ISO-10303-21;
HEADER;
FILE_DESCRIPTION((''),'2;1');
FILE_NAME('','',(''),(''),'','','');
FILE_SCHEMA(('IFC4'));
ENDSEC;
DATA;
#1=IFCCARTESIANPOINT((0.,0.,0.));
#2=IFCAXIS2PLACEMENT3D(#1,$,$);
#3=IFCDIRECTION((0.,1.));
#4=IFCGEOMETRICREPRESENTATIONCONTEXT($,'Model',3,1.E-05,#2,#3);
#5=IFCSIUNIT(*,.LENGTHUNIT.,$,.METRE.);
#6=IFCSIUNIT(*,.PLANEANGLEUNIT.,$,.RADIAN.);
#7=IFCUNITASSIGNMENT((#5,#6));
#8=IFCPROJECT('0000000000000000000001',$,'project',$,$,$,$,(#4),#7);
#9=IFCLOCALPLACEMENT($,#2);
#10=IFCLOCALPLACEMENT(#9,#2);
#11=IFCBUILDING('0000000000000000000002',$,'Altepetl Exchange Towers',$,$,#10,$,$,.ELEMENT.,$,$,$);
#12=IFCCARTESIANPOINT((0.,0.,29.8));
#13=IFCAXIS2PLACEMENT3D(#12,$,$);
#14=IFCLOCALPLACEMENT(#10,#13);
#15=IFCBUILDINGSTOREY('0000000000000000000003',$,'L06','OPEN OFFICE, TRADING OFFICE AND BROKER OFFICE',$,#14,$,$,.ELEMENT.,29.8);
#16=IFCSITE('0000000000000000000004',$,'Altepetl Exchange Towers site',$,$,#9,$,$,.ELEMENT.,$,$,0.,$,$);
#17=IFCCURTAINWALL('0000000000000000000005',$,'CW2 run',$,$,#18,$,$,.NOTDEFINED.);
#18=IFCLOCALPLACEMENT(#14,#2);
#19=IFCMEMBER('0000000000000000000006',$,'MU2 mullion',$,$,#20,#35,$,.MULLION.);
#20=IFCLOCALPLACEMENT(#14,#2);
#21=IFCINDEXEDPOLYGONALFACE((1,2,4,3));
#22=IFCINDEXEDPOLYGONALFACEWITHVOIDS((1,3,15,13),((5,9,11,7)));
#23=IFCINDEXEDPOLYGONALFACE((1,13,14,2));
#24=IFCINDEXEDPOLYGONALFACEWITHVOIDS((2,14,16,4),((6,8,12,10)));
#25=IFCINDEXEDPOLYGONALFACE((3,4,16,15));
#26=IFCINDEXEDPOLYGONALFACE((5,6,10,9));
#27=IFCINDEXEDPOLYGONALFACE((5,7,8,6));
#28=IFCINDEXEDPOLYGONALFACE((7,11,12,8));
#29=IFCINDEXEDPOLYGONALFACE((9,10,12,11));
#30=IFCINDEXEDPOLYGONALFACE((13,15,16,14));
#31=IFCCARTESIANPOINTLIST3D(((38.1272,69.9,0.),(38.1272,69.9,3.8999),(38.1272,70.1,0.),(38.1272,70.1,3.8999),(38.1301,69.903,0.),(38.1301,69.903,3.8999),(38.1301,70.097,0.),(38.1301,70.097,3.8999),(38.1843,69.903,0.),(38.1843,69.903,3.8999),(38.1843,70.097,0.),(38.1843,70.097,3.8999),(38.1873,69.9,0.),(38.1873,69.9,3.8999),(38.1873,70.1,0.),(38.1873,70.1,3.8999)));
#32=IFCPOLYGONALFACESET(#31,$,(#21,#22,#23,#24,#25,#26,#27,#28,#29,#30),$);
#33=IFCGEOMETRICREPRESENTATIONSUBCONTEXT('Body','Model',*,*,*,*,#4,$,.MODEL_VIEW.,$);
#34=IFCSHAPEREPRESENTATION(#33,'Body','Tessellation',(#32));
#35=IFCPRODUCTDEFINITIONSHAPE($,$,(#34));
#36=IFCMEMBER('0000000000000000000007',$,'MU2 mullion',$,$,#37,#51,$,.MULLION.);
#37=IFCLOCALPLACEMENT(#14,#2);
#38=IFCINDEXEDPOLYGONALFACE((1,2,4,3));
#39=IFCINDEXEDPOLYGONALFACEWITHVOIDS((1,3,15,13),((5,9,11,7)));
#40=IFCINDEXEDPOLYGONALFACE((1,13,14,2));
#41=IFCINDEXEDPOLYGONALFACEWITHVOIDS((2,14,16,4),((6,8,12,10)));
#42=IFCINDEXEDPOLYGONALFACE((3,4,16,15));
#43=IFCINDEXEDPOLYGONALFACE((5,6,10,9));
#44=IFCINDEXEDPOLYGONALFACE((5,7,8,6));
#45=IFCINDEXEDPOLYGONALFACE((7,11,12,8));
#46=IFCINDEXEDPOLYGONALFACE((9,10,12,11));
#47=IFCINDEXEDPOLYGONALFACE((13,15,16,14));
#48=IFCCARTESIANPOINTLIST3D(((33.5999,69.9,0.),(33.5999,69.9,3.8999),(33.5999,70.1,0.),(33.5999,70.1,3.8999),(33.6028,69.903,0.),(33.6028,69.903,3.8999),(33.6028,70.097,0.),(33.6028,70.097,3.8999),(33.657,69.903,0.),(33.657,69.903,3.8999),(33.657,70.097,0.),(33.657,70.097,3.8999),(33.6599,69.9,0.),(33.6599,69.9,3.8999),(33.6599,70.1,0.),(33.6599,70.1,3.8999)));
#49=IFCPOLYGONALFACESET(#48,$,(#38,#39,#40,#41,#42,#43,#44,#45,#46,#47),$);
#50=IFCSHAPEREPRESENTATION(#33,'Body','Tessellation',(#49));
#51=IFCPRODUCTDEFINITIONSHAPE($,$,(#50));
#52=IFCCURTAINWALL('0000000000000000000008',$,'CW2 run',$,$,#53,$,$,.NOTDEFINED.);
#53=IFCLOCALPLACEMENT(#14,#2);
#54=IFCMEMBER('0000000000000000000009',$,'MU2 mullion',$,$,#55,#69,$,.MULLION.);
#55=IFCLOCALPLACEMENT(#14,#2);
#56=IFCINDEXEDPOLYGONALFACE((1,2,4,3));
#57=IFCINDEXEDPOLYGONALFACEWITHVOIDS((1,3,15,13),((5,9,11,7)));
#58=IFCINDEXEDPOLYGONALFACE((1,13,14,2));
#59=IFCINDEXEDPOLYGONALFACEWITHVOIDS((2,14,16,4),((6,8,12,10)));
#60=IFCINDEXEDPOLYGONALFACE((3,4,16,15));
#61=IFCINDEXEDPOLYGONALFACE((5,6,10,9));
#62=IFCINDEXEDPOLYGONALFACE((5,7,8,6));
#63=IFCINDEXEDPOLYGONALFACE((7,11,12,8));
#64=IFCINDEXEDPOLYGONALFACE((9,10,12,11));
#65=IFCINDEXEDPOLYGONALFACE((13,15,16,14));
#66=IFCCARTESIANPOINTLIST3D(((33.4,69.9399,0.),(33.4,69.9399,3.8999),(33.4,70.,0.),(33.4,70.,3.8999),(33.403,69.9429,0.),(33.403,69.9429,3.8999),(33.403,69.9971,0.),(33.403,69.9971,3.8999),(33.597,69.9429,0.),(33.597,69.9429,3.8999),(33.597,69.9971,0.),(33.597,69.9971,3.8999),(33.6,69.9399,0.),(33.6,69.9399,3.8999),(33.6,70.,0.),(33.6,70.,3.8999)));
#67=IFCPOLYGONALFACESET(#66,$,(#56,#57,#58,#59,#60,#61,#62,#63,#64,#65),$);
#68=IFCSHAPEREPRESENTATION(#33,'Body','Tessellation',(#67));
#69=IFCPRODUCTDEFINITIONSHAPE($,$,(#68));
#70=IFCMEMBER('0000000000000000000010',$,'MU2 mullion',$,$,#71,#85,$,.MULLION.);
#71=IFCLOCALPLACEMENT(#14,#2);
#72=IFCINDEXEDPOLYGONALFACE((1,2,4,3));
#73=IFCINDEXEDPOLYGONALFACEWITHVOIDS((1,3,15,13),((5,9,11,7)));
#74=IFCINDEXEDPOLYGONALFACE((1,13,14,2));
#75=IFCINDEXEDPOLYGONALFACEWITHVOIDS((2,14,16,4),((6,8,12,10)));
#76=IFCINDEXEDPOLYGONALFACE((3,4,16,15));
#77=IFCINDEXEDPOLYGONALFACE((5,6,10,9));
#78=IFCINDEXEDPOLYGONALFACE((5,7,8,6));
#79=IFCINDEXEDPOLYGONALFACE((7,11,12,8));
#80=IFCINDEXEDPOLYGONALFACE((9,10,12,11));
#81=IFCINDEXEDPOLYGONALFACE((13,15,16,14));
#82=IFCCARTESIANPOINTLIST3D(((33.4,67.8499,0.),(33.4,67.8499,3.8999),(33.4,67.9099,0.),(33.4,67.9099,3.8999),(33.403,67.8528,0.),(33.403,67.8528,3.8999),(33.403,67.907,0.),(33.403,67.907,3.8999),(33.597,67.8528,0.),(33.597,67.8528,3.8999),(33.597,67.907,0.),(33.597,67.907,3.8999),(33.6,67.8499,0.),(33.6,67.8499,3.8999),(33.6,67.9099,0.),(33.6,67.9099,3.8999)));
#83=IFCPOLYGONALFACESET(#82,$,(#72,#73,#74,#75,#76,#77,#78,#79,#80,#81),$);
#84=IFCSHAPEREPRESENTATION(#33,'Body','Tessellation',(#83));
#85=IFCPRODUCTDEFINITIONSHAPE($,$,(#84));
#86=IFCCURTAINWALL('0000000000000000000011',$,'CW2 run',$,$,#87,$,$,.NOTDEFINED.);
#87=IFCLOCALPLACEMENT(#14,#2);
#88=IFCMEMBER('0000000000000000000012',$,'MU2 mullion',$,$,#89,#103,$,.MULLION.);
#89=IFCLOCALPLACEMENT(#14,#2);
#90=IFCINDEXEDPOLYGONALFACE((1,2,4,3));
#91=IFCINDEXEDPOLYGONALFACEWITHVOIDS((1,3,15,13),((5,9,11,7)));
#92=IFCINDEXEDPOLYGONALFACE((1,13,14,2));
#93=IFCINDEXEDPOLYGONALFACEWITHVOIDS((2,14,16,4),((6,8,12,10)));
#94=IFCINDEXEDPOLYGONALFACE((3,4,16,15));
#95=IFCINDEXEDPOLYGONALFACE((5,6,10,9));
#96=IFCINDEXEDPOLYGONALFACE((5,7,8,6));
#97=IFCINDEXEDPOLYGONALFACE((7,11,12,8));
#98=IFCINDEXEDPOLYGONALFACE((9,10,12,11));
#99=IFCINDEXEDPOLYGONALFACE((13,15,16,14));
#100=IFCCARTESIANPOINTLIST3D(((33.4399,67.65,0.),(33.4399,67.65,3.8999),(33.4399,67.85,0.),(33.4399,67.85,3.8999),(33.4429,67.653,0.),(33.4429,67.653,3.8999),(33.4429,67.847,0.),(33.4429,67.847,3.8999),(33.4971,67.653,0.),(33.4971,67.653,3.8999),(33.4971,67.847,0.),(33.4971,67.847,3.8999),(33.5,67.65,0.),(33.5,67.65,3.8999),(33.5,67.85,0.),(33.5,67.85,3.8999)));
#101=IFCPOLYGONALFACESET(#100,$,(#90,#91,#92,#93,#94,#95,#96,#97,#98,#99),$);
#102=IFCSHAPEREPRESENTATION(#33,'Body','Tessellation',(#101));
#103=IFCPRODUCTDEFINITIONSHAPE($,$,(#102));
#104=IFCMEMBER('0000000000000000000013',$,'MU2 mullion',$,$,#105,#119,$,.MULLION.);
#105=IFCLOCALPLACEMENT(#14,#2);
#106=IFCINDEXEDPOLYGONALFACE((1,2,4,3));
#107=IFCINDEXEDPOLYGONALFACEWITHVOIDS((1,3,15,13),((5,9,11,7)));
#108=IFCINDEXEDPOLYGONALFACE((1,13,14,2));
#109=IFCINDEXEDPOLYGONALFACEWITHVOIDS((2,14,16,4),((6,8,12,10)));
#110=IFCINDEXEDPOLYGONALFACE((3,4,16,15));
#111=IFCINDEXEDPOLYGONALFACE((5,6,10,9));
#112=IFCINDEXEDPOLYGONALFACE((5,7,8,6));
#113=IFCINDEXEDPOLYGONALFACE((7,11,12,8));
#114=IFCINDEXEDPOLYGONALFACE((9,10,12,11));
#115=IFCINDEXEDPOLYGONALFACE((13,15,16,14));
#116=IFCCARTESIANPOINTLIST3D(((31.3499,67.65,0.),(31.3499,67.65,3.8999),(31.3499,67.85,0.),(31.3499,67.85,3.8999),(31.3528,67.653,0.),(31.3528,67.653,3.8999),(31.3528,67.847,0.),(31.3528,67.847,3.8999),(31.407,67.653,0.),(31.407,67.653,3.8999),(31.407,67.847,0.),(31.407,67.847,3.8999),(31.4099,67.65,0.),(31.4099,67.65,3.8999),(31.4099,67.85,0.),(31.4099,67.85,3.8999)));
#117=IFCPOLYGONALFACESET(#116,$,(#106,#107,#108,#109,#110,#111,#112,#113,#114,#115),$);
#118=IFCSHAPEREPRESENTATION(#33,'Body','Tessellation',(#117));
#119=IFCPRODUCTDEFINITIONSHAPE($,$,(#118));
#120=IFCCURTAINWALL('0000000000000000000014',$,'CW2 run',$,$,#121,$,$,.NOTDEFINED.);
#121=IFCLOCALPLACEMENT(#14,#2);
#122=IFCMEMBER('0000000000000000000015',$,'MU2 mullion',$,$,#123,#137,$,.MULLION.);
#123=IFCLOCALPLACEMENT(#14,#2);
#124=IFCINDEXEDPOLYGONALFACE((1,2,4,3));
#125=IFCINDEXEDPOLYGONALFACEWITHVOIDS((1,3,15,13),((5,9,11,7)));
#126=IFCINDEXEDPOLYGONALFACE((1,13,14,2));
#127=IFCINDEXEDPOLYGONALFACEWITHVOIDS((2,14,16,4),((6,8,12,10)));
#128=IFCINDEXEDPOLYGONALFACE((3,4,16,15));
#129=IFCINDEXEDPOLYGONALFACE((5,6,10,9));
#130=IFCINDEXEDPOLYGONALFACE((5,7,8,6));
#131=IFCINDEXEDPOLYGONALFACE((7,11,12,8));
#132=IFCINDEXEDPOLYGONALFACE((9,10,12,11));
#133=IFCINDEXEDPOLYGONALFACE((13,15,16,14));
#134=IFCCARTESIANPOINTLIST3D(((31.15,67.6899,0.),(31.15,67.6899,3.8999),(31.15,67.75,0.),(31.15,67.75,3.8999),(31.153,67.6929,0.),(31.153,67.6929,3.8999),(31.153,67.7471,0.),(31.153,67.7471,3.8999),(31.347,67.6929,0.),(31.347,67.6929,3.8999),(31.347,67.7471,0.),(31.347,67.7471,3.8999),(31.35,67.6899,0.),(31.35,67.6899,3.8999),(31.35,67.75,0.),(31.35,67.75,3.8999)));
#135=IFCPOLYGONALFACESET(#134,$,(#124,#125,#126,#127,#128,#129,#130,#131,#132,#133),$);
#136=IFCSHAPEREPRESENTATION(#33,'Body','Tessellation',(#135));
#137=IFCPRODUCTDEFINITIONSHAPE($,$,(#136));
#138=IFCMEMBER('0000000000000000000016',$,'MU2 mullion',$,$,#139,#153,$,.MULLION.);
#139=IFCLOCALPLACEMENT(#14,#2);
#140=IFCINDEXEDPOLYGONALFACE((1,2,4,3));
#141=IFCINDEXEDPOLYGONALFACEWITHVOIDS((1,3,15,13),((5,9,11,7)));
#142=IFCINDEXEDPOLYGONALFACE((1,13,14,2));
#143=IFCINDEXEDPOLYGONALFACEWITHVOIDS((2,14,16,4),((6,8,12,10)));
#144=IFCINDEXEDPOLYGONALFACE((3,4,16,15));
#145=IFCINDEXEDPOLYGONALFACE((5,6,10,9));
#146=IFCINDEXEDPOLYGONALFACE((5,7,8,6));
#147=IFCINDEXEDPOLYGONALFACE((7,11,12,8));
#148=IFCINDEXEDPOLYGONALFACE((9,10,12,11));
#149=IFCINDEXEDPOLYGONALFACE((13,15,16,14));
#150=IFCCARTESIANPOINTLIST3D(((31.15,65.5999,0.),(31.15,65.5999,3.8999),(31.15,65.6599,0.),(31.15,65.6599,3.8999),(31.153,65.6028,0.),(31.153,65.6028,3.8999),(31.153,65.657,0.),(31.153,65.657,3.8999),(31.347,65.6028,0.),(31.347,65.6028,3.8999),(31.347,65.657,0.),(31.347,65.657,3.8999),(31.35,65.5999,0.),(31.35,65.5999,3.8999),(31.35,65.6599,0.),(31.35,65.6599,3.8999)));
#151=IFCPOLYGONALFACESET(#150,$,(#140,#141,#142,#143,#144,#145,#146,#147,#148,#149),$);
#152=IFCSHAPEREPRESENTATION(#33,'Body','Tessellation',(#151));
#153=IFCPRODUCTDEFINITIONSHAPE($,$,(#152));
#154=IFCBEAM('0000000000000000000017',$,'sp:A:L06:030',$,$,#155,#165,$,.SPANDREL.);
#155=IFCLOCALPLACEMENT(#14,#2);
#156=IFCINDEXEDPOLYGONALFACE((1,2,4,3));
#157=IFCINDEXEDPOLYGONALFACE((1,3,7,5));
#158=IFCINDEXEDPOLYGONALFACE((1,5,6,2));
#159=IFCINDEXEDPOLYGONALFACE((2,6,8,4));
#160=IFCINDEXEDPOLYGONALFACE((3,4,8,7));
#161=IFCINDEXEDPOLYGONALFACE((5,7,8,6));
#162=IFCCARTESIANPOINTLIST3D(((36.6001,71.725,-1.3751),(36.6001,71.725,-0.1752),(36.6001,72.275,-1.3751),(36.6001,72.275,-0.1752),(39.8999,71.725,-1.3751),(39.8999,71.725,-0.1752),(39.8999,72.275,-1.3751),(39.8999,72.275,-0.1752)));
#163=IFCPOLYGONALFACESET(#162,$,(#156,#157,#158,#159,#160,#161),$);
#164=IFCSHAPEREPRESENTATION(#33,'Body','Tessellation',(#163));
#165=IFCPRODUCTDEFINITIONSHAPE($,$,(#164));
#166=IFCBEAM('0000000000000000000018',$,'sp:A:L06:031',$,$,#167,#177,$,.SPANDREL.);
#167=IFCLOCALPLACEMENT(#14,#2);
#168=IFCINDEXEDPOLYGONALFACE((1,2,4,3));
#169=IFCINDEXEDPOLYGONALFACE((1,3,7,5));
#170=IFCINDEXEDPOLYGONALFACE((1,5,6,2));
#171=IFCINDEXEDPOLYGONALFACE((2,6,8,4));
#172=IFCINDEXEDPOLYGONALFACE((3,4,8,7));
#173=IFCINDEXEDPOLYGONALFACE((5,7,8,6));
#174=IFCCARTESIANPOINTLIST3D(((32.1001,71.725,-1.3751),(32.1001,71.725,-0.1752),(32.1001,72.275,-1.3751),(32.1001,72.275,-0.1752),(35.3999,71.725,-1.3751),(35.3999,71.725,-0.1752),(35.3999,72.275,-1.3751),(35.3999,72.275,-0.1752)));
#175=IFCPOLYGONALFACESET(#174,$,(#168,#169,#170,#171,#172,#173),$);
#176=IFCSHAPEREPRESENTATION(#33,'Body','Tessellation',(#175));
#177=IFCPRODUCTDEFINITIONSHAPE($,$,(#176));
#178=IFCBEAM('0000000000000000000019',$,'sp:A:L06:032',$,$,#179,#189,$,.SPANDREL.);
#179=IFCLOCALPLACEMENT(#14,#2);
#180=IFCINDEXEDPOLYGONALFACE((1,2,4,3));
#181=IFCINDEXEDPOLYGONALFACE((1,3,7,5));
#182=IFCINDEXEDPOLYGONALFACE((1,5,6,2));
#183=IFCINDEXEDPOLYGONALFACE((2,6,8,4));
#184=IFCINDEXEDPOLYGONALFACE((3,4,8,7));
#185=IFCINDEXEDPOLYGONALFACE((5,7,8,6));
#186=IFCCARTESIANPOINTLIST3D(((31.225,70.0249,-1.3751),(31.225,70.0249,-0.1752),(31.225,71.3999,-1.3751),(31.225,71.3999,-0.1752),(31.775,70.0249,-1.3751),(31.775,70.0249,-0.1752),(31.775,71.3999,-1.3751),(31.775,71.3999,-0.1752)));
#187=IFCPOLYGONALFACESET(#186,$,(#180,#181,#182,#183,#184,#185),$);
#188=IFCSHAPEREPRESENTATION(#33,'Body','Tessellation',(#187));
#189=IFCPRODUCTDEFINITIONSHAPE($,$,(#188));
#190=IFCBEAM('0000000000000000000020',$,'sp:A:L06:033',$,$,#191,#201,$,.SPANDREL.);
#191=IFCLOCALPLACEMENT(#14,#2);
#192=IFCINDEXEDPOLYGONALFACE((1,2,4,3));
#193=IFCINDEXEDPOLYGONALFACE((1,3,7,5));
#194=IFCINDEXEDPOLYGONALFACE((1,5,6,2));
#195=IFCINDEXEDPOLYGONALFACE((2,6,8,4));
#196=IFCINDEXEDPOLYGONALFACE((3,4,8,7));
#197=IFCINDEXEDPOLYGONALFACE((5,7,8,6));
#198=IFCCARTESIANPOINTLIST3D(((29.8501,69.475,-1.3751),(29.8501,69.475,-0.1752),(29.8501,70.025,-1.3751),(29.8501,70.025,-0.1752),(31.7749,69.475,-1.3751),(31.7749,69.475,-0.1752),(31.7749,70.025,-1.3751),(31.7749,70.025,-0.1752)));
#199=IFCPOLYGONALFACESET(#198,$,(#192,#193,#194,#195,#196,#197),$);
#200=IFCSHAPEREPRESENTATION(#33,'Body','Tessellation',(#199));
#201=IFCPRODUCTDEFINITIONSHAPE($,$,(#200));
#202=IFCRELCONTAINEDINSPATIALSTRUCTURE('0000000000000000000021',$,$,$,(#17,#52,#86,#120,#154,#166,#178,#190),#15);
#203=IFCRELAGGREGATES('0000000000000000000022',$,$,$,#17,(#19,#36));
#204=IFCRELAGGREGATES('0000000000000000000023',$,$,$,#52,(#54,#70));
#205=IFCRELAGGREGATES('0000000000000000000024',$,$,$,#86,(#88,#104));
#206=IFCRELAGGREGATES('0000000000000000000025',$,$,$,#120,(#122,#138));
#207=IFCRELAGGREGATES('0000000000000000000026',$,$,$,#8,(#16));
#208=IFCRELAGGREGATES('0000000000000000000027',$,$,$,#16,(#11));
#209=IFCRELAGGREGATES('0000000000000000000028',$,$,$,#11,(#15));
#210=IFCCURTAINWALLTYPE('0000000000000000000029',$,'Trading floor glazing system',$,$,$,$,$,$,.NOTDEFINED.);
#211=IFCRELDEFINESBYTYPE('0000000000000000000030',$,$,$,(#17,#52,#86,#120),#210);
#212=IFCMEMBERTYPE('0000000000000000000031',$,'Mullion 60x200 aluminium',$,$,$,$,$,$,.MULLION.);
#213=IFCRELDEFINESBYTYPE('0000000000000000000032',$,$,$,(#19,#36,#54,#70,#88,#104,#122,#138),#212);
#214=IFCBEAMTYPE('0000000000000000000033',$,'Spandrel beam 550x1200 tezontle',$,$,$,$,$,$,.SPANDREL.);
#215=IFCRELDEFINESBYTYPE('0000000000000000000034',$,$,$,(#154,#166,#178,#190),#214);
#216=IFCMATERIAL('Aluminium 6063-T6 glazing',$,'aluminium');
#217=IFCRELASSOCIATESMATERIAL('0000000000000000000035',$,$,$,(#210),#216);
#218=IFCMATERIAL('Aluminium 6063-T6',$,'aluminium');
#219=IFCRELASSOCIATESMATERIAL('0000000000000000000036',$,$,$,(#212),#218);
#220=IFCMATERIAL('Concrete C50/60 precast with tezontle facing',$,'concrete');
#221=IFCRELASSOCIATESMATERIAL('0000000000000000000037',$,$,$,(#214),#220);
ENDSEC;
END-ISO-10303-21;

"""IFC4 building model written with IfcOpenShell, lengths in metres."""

from ifc_helpers import new_model, si_unit, direction, frame, origin, origin_2d, place, context, subcontext, project, spatial, rectangle, hollow_rectangle, extrude, material, material_profile, profile_set, type_object, element, aggregate, save


model = new_model("IFC4")

# Units and contexts
model_context = context("Model", 3, precision=1e-05, world=origin(), true_north=direction((0.0, 1.0)))
body_context = subcontext(model_context, "Body", "Model", "MODEL_VIEW")
ifc_project = project(units=[si_unit("LENGTHUNIT", "METRE"), si_unit("PLANEANGLEUNIT", "RADIAN")], contexts=[model_context])

# Site, building, storey
site_placement = place(None, origin())
site = spatial("IfcSite", under=ifc_project, at=site_placement, Name="Altepetl Exchange Towers site", CompositionType="ELEMENT", RefElevation=0.0)
building_placement = place(site_placement, origin())
building = spatial("IfcBuilding", under=site, at=building_placement, Name="Altepetl Exchange Towers", CompositionType="ELEMENT")
storey_placement = place(building_placement, frame((0.0, 0.0, 29.8)))
storey = spatial("IfcBuildingStorey", under=building, at=storey_placement, Name="L06", Description="OPEN OFFICE, TRADING OFFICE AND BROKER OFFICE", CompositionType="ELEMENT", Elevation=29.8)

# Shared definitions
ifc_material_1 = material(Name="Aluminium 6063-T6 glazing", Category="aluminium")
curtain_wall_type = type_object("IfcCurtainWallType", Name="Trading floor glazing system", PredefinedType="NOTDEFINED", material=ifc_material_1)
ifc_material_2 = material(Name="Aluminium 6063-T6", Category="aluminium")
ifc_material_profile_1 = material_profile(ifc_material_2, hollow_rectangle(XDim=0.0601, YDim=0.2, WallThickness=0.0029, at=origin_2d()), Name="Mullion 60x200 aluminium")
ifc_profile_set_1 = profile_set([ifc_material_profile_1], Name="Aluminium 6063-T6")
member_type = type_object("IfcMemberType", Name="Mullion 60x200 aluminium", PredefinedType="MULLION", material=ifc_profile_set_1)

# Curtain walls, members
curtain_wall_1_placement = place(storey_placement, origin())
curtain_wall_1 = element("IfcCurtainWall", 1, at=curtain_wall_1_placement, inside=storey, type_object=curtain_wall_type, Name="CW2 run", PredefinedType="NOTDEFINED")
member_1_placement = place(storey_placement, frame((38.1572, 70.0, 0.0), z_axis=(0.0, 0.0, 1.0), x_axis=(-1.0, 0.0, 0.0)))
member_1 = element("IfcMember", 2, at=member_1_placement, type_object=member_type, Name="MU2 mullion", PredefinedType="MULLION", context=body_context, shape_type="SweptSolid", body=[
    extrude(hollow_rectangle(XDim=0.0601, YDim=0.2, WallThickness=0.0029, at=origin_2d()), origin(), (0.0, 0.0, 1.0), 3.8999),
])
member_2_placement = place(storey_placement, frame((33.6299, 70.0, 0.0), z_axis=(0.0, 0.0, 1.0), x_axis=(-1.0, 0.0, 0.0)))
member_2 = element("IfcMember", 3, at=member_2_placement, type_object=member_type, Name="MU2 mullion", PredefinedType="MULLION", context=body_context, shape_type="SweptSolid", body=[
    extrude(hollow_rectangle(XDim=0.0601, YDim=0.2, WallThickness=0.0029, at=origin_2d()), origin(), (0.0, 0.0, 1.0), 3.8999),
])
curtain_wall_2_placement = place(storey_placement, origin())
curtain_wall_2 = element("IfcCurtainWall", 4, at=curtain_wall_2_placement, inside=storey, type_object=curtain_wall_type, Name="CW2 run", PredefinedType="NOTDEFINED")
member_3_placement = place(storey_placement, frame((33.5, 69.97, 0.0), z_axis=(0.0, 0.0, 1.0), x_axis=(0.0, -1.0, 0.0)))
member_3 = element("IfcMember", 5, at=member_3_placement, type_object=member_type, Name="MU2 mullion", PredefinedType="MULLION", context=body_context, shape_type="SweptSolid", body=[
    extrude(hollow_rectangle(XDim=0.0601, YDim=0.2, WallThickness=0.0029, at=origin_2d()), origin(), (0.0, 0.0, 1.0), 3.8999),
])
member_4_placement = place(storey_placement, frame((33.5, 67.8799, 0.0), z_axis=(0.0, 0.0, 1.0), x_axis=(0.0, -1.0, 0.0)))
member_4 = element("IfcMember", 6, at=member_4_placement, type_object=member_type, Name="MU2 mullion", PredefinedType="MULLION", context=body_context, shape_type="SweptSolid", body=[
    extrude(hollow_rectangle(XDim=0.0601, YDim=0.2, WallThickness=0.0029, at=origin_2d()), origin(), (0.0, 0.0, 1.0), 3.8999),
])
curtain_wall_3_placement = place(storey_placement, origin())
curtain_wall_3 = element("IfcCurtainWall", 7, at=curtain_wall_3_placement, inside=storey, type_object=curtain_wall_type, Name="CW2 run", PredefinedType="NOTDEFINED")
member_5_placement = place(storey_placement, frame((33.47, 67.75, 0.0), z_axis=(0.0, 0.0, 1.0), x_axis=(-1.0, 0.0, 0.0)))
member_5 = element("IfcMember", 8, at=member_5_placement, type_object=member_type, Name="MU2 mullion", PredefinedType="MULLION", context=body_context, shape_type="SweptSolid", body=[
    extrude(hollow_rectangle(XDim=0.0601, YDim=0.2, WallThickness=0.0029, at=origin_2d()), origin(), (0.0, 0.0, 1.0), 3.8999),
])
member_6_placement = place(storey_placement, frame((31.3799, 67.75, 0.0), z_axis=(0.0, 0.0, 1.0), x_axis=(-1.0, 0.0, 0.0)))
member_6 = element("IfcMember", 9, at=member_6_placement, type_object=member_type, Name="MU2 mullion", PredefinedType="MULLION", context=body_context, shape_type="SweptSolid", body=[
    extrude(hollow_rectangle(XDim=0.0601, YDim=0.2, WallThickness=0.0029, at=origin_2d()), origin(), (0.0, 0.0, 1.0), 3.8999),
])
curtain_wall_4_placement = place(storey_placement, origin())
curtain_wall_4 = element("IfcCurtainWall", 10, at=curtain_wall_4_placement, inside=storey, type_object=curtain_wall_type, Name="CW2 run", PredefinedType="NOTDEFINED")
member_7_placement = place(storey_placement, frame((31.25, 67.72, 0.0), z_axis=(0.0, 0.0, 1.0), x_axis=(0.0, -1.0, 0.0)))
member_7 = element("IfcMember", 11, at=member_7_placement, type_object=member_type, Name="MU2 mullion", PredefinedType="MULLION", context=body_context, shape_type="SweptSolid", body=[
    extrude(hollow_rectangle(XDim=0.0601, YDim=0.2, WallThickness=0.0029, at=origin_2d()), origin(), (0.0, 0.0, 1.0), 3.8999),
])
member_8_placement = place(storey_placement, frame((31.25, 65.6299, 0.0), z_axis=(0.0, 0.0, 1.0), x_axis=(0.0, -1.0, 0.0)))
member_8 = element("IfcMember", 12, at=member_8_placement, type_object=member_type, Name="MU2 mullion", PredefinedType="MULLION", context=body_context, shape_type="SweptSolid", body=[
    extrude(hollow_rectangle(XDim=0.0601, YDim=0.2, WallThickness=0.0029, at=origin_2d()), origin(), (0.0, 0.0, 1.0), 3.8999),
])

# Beams
ifc_material_3 = material(Name="Concrete C50/60 precast with tezontle facing", Category="concrete")
ifc_material_profile_2 = material_profile(ifc_material_3, rectangle(XDim=0.55, YDim=1.2, at=origin_2d()), Name="550 x 1200")
ifc_profile_set_2 = profile_set([ifc_material_profile_2], Name="Concrete C50/60 precast with tezontle facing")
beam_type_1 = type_object("IfcBeamType", Name="Spandrel beam 550x1200 tezontle", PredefinedType="SPANDREL", material=ifc_profile_set_2)
for number, where, z_axis, x_axis, name in (
    (13, (39.8999, 72.0, -0.7751), (-1.0, 0.0, 0.0), (0.0, -1.0, 0.0), "sp:A:L06:030"),
    (14, (35.3999, 72.0, -0.7751), (-1.0, 0.0, 0.0), (0.0, -1.0, 0.0), "sp:A:L06:031"),
):
    element("IfcBeam", number, at=place(storey_placement, frame(where, z_axis=z_axis, x_axis=x_axis)), inside=storey, type_object=beam_type_1, Name=name, PredefinedType="SPANDREL", context=body_context, shape_type="SweptSolid", body=[
        extrude(rectangle(XDim=0.55, YDim=1.2, at=origin_2d()), origin(), (0.0, 0.0, 1.0), 3.2998),
    ])
beam_1_placement = place(storey_placement, frame((31.5, 71.3999, -0.7751), z_axis=(0.0, -1.0, 0.0), x_axis=(1.0, 0.0, 0.0)))
element("IfcBeam", 15, at=beam_1_placement, inside=storey, type_object=beam_type_1, Name="sp:A:L06:032", PredefinedType="SPANDREL", context=body_context, shape_type="SweptSolid", body=[
    extrude(rectangle(XDim=0.55, YDim=1.2, at=origin_2d()), origin(), (0.0, 0.0, 1.0), 1.375),
])
beam_2_placement = place(storey_placement, frame((31.7749, 69.75, -0.7751), z_axis=(-1.0, 0.0, 0.0), x_axis=(0.0, -1.0, 0.0)))
element("IfcBeam", 16, at=beam_2_placement, inside=storey, type_object=beam_type_1, Name="sp:A:L06:033", PredefinedType="SPANDREL", context=body_context, shape_type="SweptSolid", body=[
    extrude(rectangle(XDim=0.55, YDim=1.2, at=origin_2d()), origin(), (0.0, 0.0, 1.0), 1.9248),
])

aggregate(curtain_wall_1, [member_1, member_2])
aggregate(curtain_wall_2, [member_3, member_4])
aggregate(curtain_wall_3, [member_5, member_6])
aggregate(curtain_wall_4, [member_7, member_8])

save(model, "model.ifc")
